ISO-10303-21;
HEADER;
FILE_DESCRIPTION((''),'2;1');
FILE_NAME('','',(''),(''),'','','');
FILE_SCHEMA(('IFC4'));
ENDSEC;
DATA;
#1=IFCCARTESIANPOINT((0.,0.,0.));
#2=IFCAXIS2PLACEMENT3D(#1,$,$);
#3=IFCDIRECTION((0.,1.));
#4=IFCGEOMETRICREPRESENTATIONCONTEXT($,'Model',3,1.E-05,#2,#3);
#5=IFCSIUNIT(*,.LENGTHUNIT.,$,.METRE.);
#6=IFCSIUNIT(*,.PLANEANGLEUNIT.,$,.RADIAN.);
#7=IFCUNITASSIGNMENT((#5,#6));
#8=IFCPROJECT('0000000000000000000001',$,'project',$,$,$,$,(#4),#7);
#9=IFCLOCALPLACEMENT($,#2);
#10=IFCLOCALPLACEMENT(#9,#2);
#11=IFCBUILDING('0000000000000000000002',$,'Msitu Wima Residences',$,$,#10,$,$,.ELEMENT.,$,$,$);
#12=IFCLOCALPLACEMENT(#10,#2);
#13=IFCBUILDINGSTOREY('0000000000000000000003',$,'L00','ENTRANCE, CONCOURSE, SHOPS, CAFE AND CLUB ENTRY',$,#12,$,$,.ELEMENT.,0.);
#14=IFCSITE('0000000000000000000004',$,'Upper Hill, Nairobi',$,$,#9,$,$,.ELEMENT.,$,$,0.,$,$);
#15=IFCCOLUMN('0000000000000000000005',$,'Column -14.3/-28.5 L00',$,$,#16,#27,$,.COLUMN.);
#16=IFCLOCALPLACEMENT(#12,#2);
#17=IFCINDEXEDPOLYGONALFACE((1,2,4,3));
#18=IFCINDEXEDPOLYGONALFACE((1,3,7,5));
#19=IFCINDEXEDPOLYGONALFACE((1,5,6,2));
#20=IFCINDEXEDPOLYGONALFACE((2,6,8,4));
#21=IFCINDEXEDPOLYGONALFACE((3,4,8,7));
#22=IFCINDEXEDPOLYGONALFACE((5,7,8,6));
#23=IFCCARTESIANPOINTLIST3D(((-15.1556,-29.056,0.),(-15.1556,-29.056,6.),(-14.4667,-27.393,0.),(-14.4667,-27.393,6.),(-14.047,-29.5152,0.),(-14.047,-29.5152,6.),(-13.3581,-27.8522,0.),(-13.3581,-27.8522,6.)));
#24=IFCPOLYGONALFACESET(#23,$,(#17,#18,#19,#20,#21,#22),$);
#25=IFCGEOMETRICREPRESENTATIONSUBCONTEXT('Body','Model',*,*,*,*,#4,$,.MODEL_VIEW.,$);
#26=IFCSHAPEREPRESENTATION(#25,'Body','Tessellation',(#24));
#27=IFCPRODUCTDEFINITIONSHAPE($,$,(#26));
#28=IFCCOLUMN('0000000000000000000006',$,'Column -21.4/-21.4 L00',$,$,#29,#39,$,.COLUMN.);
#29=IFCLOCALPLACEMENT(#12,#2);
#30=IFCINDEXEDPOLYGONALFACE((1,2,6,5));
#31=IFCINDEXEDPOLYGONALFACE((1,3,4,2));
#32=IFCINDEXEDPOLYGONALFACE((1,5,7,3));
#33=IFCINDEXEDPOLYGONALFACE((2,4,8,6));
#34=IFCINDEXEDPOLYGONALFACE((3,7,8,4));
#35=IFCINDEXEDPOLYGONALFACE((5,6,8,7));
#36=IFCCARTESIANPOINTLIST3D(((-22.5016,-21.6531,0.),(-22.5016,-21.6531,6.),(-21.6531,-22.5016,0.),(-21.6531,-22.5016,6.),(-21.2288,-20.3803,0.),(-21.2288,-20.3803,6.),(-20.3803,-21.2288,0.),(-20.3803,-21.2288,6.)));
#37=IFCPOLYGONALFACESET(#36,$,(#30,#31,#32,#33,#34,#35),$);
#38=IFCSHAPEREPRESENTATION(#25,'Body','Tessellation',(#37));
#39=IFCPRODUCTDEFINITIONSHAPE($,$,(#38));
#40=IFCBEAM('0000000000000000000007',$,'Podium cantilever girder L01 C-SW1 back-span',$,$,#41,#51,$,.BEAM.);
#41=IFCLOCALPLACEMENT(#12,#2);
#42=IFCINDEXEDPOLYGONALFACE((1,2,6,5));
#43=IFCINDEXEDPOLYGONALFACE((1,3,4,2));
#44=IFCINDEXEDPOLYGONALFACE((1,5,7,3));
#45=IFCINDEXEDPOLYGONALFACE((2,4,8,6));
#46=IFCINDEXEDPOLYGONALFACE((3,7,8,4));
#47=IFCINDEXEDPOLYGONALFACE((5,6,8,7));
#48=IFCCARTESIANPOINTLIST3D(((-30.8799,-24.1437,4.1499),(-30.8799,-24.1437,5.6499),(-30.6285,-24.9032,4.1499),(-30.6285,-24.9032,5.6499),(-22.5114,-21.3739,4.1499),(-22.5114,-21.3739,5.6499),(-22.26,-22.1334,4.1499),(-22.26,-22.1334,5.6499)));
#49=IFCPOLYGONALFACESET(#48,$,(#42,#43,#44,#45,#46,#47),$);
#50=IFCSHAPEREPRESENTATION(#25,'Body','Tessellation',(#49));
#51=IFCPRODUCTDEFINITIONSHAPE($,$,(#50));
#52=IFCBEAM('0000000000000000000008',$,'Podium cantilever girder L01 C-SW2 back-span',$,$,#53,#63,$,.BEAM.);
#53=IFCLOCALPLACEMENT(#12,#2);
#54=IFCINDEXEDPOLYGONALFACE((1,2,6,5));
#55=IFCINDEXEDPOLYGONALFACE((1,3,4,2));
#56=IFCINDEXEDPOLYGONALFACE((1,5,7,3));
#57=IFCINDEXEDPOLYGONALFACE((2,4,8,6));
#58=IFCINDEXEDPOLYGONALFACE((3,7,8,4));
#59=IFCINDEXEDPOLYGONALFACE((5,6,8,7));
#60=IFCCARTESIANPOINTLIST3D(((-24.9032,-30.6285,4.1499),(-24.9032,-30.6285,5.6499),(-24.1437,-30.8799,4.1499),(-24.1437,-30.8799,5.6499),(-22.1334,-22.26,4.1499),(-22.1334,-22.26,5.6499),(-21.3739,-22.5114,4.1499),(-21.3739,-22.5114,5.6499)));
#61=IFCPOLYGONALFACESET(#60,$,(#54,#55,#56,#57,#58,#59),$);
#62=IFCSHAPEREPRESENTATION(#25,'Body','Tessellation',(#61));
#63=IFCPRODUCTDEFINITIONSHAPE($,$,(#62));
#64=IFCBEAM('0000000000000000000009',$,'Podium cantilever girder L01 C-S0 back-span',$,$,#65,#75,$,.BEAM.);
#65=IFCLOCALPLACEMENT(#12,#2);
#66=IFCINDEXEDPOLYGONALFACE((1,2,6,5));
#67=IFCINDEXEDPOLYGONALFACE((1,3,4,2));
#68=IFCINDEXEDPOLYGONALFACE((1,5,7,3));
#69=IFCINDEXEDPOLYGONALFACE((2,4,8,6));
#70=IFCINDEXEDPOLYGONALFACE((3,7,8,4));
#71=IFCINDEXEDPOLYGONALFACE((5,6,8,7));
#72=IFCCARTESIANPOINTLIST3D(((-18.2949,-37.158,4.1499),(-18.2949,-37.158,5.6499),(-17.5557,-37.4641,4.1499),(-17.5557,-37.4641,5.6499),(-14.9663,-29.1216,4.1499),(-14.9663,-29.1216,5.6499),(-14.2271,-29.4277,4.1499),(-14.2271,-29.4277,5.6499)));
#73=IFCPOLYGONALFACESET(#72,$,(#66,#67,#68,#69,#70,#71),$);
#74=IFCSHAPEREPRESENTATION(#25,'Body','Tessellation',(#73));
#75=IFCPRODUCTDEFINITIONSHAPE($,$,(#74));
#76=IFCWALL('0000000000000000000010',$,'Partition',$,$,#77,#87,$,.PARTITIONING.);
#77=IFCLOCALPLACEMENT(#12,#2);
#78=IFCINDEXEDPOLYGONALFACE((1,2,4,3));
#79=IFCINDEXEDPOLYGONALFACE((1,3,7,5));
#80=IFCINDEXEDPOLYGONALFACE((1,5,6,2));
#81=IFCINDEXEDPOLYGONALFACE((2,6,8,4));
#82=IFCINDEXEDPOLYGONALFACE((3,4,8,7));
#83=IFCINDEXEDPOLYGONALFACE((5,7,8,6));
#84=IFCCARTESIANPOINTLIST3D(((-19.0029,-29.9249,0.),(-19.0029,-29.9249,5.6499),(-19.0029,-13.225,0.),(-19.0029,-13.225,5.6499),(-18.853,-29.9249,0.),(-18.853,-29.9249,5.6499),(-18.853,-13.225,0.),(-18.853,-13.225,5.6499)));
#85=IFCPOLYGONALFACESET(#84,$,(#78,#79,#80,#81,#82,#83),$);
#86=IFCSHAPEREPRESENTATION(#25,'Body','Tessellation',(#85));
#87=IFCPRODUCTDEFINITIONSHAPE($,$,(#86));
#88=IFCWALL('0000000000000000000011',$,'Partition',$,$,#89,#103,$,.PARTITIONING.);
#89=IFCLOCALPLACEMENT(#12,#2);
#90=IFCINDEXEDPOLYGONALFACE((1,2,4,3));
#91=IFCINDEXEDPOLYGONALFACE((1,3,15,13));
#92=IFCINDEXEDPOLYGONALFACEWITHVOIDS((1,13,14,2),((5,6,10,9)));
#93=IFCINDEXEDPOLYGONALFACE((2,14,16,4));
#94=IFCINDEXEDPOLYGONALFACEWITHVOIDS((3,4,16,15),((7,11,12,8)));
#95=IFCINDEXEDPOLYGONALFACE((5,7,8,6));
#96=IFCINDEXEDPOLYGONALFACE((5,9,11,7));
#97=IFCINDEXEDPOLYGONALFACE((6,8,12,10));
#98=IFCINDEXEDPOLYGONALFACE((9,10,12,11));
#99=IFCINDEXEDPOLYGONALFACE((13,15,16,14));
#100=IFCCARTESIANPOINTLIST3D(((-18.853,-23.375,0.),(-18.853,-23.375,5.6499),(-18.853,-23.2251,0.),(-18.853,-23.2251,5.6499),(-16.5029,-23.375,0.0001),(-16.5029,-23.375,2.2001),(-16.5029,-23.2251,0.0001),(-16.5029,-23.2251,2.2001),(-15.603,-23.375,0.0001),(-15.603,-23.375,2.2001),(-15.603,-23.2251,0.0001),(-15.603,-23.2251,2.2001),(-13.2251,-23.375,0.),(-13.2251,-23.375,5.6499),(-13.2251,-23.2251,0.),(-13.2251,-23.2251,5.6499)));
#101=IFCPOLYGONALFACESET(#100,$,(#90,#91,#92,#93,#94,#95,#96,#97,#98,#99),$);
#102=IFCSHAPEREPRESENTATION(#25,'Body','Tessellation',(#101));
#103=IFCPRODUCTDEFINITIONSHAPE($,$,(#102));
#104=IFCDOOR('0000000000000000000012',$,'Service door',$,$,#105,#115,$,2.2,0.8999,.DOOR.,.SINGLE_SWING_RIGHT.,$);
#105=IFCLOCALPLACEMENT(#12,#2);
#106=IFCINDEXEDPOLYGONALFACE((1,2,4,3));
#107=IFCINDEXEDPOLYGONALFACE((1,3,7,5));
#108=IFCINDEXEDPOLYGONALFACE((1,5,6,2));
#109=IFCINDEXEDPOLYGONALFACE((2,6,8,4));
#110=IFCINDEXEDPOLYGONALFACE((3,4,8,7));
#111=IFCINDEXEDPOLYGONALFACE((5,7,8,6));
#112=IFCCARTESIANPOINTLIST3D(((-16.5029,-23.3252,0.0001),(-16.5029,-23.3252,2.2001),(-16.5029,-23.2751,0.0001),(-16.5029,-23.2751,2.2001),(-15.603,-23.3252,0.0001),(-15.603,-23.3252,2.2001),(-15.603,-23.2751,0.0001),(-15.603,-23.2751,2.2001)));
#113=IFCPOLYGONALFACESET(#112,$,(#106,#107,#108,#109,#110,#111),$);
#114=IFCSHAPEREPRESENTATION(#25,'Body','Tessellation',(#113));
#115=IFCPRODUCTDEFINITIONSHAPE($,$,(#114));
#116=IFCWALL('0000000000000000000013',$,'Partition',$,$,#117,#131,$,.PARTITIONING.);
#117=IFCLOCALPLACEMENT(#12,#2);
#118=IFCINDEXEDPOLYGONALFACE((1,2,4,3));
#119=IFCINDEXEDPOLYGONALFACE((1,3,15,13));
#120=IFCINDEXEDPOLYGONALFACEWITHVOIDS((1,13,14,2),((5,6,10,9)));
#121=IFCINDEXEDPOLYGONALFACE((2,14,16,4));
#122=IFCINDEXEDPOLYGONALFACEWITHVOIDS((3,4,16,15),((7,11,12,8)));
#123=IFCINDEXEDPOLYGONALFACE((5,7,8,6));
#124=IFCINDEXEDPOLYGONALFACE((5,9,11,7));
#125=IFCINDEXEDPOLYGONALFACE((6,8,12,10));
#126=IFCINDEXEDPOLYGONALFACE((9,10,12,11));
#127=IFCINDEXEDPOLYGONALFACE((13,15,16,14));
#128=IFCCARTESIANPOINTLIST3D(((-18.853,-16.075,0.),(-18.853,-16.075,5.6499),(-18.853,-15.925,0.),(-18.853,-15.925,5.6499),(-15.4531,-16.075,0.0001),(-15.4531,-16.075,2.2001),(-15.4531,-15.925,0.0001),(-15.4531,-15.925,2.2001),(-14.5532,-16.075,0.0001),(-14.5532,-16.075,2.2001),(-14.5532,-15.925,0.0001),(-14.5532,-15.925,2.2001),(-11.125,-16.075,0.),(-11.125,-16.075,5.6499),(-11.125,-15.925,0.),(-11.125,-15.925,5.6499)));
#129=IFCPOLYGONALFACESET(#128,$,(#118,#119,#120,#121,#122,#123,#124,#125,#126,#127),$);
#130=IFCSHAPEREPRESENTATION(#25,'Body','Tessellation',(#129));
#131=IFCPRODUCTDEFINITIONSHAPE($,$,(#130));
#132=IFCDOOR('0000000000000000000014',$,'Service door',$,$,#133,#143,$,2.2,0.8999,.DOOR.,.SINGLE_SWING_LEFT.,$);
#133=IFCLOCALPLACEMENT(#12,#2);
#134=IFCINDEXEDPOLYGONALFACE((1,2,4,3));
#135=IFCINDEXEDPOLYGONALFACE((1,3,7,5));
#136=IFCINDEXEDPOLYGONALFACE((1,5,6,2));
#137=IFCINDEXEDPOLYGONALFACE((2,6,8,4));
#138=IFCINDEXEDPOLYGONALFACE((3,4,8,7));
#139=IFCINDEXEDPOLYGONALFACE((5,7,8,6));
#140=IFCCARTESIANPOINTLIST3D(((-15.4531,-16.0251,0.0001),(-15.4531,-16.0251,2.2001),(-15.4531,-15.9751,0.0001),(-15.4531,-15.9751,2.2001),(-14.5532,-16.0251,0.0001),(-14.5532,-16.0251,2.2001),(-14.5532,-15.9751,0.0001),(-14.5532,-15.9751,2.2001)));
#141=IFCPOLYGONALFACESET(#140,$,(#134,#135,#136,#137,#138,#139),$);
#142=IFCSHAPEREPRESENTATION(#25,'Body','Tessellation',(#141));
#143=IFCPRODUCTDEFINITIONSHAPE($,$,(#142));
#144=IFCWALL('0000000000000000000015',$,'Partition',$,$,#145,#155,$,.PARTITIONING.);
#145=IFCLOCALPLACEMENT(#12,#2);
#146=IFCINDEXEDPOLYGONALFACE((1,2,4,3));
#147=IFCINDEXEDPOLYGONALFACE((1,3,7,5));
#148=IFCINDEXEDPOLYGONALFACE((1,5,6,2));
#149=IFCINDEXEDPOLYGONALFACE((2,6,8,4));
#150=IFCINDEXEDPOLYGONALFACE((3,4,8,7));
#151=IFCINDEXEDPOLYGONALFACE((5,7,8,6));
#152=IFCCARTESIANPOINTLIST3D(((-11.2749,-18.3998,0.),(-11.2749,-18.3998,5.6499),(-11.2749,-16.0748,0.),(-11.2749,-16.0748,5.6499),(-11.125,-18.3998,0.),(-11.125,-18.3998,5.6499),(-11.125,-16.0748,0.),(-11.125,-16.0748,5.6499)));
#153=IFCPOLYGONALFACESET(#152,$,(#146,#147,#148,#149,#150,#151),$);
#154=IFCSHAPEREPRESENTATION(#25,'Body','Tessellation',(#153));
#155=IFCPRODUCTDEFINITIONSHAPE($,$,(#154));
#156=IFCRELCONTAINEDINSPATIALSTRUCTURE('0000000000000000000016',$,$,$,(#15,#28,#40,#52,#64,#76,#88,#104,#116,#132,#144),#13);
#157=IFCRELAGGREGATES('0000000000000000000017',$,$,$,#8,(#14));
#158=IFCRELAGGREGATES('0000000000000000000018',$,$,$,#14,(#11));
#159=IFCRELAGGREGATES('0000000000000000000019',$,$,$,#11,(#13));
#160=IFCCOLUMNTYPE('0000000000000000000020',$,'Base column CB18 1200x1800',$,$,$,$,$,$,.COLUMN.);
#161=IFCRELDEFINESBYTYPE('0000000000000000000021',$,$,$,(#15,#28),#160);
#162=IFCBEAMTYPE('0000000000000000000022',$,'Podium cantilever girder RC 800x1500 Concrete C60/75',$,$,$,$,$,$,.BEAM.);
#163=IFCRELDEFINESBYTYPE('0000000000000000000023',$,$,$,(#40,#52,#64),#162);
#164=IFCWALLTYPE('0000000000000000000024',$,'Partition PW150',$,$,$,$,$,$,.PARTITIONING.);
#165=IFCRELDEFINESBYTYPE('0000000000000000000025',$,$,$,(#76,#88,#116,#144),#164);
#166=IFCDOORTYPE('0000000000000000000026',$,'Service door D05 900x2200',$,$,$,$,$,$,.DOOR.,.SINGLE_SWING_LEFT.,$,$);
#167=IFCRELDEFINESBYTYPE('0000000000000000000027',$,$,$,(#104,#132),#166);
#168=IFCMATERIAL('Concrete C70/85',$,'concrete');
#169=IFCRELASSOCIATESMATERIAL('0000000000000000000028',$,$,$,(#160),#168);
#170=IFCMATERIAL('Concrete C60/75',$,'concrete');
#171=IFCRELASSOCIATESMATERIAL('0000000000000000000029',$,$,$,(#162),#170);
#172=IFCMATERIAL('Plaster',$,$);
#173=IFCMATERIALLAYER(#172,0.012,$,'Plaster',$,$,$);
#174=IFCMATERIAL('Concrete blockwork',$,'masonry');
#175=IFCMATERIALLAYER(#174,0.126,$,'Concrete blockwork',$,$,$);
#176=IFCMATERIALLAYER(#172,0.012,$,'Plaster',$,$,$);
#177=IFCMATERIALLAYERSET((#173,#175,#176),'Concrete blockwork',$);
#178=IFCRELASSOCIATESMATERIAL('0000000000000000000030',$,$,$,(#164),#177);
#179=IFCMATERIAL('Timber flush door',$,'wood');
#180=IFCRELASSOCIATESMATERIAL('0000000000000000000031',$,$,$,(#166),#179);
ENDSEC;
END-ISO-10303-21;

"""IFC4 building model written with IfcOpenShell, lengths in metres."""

from ifc_helpers import new_model, si_unit, direction, frame, frame_2d, origin, origin_2d, place, context, subcontext, project, spatial, rectangle, extrude, material, layer, layer_set, material_profile, profile_set, type_object, element, fill, save


model = new_model("IFC4")

# Units and contexts
model_context = context("Model", 3, precision=1e-05, world=origin(), true_north=direction((0.0, 1.0)))
body_context = subcontext(model_context, "Body", "Model", "MODEL_VIEW")
ifc_project = project(units=[si_unit("LENGTHUNIT", "METRE"), si_unit("PLANEANGLEUNIT", "RADIAN")], contexts=[model_context])

# Site, building, storey
site_placement = place(None, origin())
site = spatial("IfcSite", under=ifc_project, at=site_placement, Name="Upper Hill, Nairobi", CompositionType="ELEMENT", RefElevation=0.0)
building_placement = place(site_placement, origin())
building = spatial("IfcBuilding", under=site, at=building_placement, Name="Msitu Wima Residences", CompositionType="ELEMENT")
storey_placement = place(building_placement, origin())
storey = spatial("IfcBuildingStorey", under=building, at=storey_placement, Name="L00", Description="ENTRANCE, CONCOURSE, SHOPS, CAFE AND CLUB ENTRY", CompositionType="ELEMENT", Elevation=0.0)

# Columns
ifc_material_1 = material(Name="Concrete C70/85", Category="concrete")
ifc_material_profile_1 = material_profile(ifc_material_1, rectangle(XDim=1.2, YDim=1.8, at=origin_2d()), Name="RC 1200x1800")
ifc_profile_set_1 = profile_set([ifc_material_profile_1], Name="Concrete C70/85")
column_type = type_object("IfcColumnType", Name="Base column CB18 1200x1800", PredefinedType="COLUMN", material=ifc_profile_set_1)
for number, where, z_axis, x_axis, name in (
    (1, (-14.2568, -28.4541, 0.0), (0.0, 0.0, 1.0), (0.92388, -0.382683, 0.0), "Column -14.3/-28.5 L00"),
    (2, (-21.4409, -21.4409, 0.0), (0.0, 0.0, 1.0), (0.707107, -0.707107, 0.0), "Column -21.4/-21.4 L00"),
):
    element("IfcColumn", number, at=place(storey_placement, frame(where, z_axis=z_axis, x_axis=x_axis)), inside=storey, type_object=column_type, Name=name, PredefinedType="COLUMN", context=body_context, shape_type="SweptSolid", body=[
        extrude(rectangle(XDim=1.2, YDim=1.8, at=origin_2d()), origin(), (0.0, 0.0, 1.0), 6.0),
    ])

# Beams
ifc_material_2 = material(Name="Concrete C60/75", Category="concrete")
ifc_material_profile_2 = material_profile(ifc_material_2, rectangle(XDim=0.8, YDim=1.5, at=origin_2d()), Name="RC 800x1500")
ifc_profile_set_2 = profile_set([ifc_material_profile_2], Name="Concrete C60/75")
beam_type = type_object("IfcBeamType", Name="Podium cantilever girder RC 800x1500 Concrete C60/75", PredefinedType="BEAM", material=ifc_profile_set_2)
for number, where, z_axis, x_axis, name in (
    (3, (-22.3857, -21.7537, 4.8999), (-0.949351, -0.314216, 0.0), (0.314216, -0.949351, 0.0), "Podium cantilever girder L01 C-SW1 back-span"),
    (4, (-21.7537, -22.3857, 4.8999), (-0.314216, -0.949351, 0.0), (0.949351, -0.314216, 0.0), "Podium cantilever girder L01 C-SW2 back-span"),
):
    element("IfcBeam", number, at=place(storey_placement, frame(where, z_axis=z_axis, x_axis=x_axis)), inside=storey, type_object=beam_type, Name=name, PredefinedType="BEAM", context=body_context, shape_type="SweptSolid", body=[
        extrude(rectangle(XDim=0.8, YDim=1.5, at=origin_2d()), origin(), (0.0, 0.0, 1.0), 8.8149),
    ])
beam_placement = place(storey_placement, frame((-14.5967, -29.2747, 4.8999), z_axis=(-0.382667, -0.923886, 0.0), x_axis=(0.923886, -0.382667, 0.0)))
element("IfcBeam", 5, at=beam_placement, inside=storey, type_object=beam_type, Name="Podium cantilever girder L01 C-S0 back-span", PredefinedType="BEAM", context=body_context, shape_type="SweptSolid", body=[
    extrude(rectangle(XDim=0.8, YDim=1.5, at=origin_2d()), origin(), (0.0, 0.0, 1.0), 8.6985),
])

# Wall
ifc_material_3 = material(Name="Plaster")
ifc_layer_1 = layer(ifc_material_3, 0.012, Name="Plaster")
ifc_material_4 = material(Name="Concrete blockwork", Category="masonry")
ifc_layer_2 = layer(ifc_material_4, 0.126, Name="Concrete blockwork")
ifc_layer_3 = layer(ifc_material_3, 0.012, Name="Plaster")
ifc_layer_set_1 = layer_set([ifc_layer_1, ifc_layer_2, ifc_layer_3], Name="Concrete blockwork")
wall_type_1 = type_object("IfcWallType", Name="Partition PW150", PredefinedType="PARTITIONING", material=ifc_layer_set_1)
wall_1_placement = place(storey_placement, frame((-18.928, -29.925, 0.0), z_axis=(0.0, 0.0, 1.0), x_axis=(0.0, 1.0, 0.0)))
element("IfcWall", 6, at=wall_1_placement, inside=storey, type_object=wall_type_1, Name="Partition", PredefinedType="PARTITIONING", context=body_context, shape_type="SweptSolid", body=[
    extrude(rectangle(XDim=16.7, YDim=0.1499, at=frame_2d((8.3501, 0.0))), origin(), (0.0, 0.0, 1.0), 5.6499),
])

# Walls, openings, doors
wall_2_placement = place(storey_placement, frame((-18.853, -23.3, 0.0), z_axis=(0.0, 0.0, 1.0), x_axis=(1.0, 0.0, 0.0)))
wall_2 = element("IfcWall", 7, at=wall_2_placement, inside=storey, type_object=wall_type_1, Name="Partition", PredefinedType="PARTITIONING", context=body_context, shape_type="SweptSolid", body=[
    extrude(rectangle(XDim=5.6279, YDim=0.1499, at=frame_2d((2.814, 0.0))), origin(), (0.0, 0.0, 1.0), 5.6499),
])
opening_1_placement = place(wall_2_placement, frame((2.3501, 0.0, 0.0)))
opening_1 = element("IfcOpeningElement", 8, at=opening_1_placement, cuts=wall_2, PredefinedType="OPENING", context=body_context, shape_type="SweptSolid", body=[
    extrude(rectangle(XDim=0.8999, YDim=2.2, at=frame_2d((0.45, 1.1001))), frame((0.0, 0.085, 0.0), z_axis=(0.0, -1.0, 0.0), x_axis=(1.0, 0.0, 0.0)), (0.0, 0.0, 1.0), 0.1699),
])
ifc_material_5 = material(Name="Timber flush door", Category="wood")
door_type_1 = type_object("IfcDoorType", Name="Service door D05 900x2200", OperationType="SINGLE_SWING_LEFT", PredefinedType="DOOR", material=ifc_material_5)
door_1_placement = place(opening_1_placement, origin())
door_1 = element("IfcDoor", 9, at=door_1_placement, inside=storey, type_object=door_type_1, Name="Service door", OperationType="SINGLE_SWING_RIGHT", OverallHeight=2.2, OverallWidth=0.8999, PredefinedType="DOOR", context=body_context, shape_type="SweptSolid", body=[
    extrude(rectangle(XDim=0.8999, YDim=2.2, at=frame_2d((0.45, 1.1001))), frame((0.0, 0.0249, 0.0), z_axis=(0.0, -1.0, 0.0), x_axis=(1.0, 0.0, 0.0)), (0.0, 0.0, 1.0), 0.05),
])
fill(opening_1, door_1)
wall_3_placement = place(storey_placement, frame((-18.853, -16.0, 0.0), z_axis=(0.0, 0.0, 1.0), x_axis=(1.0, 0.0, 0.0)))
wall_3 = element("IfcWall", 10, at=wall_3_placement, inside=storey, type_object=wall_type_1, Name="Partition", PredefinedType="PARTITIONING", context=body_context, shape_type="SweptSolid", body=[
    extrude(rectangle(XDim=7.728, YDim=0.1499, at=frame_2d((3.864, 0.0))), origin(), (0.0, 0.0, 1.0), 5.6499),
])
opening_2_placement = place(wall_3_placement, frame((3.3999, 0.0, 0.0)))
opening_2 = element("IfcOpeningElement", 11, at=opening_2_placement, cuts=wall_3, PredefinedType="OPENING", context=body_context, shape_type="SweptSolid", body=[
    extrude(rectangle(XDim=0.8999, YDim=2.2, at=frame_2d((0.45, 1.1001))), frame((0.0, 0.085, 0.0), z_axis=(0.0, -1.0, 0.0), x_axis=(1.0, 0.0, 0.0)), (0.0, 0.0, 1.0), 0.1699),
])
door_2_placement = place(opening_2_placement, origin())
door_2 = element("IfcDoor", 12, at=door_2_placement, inside=storey, type_object=door_type_1, Name="Service door", OperationType="SINGLE_SWING_LEFT", OverallHeight=2.2, OverallWidth=0.8999, PredefinedType="DOOR", context=body_context, shape_type="SweptSolid", body=[
    extrude(rectangle(XDim=0.8999, YDim=2.2, at=frame_2d((0.45, 1.1001))), frame((0.0, 0.0249, 0.0), z_axis=(0.0, -1.0, 0.0), x_axis=(1.0, 0.0, 0.0)), (0.0, 0.0, 1.0), 0.05),
])
fill(opening_2, door_2)

# Wall
wall_4_placement = place(storey_placement, frame((-11.2, -18.3999, 0.0), z_axis=(0.0, 0.0, 1.0), x_axis=(0.0, 1.0, 0.0)))
element("IfcWall", 13, at=wall_4_placement, inside=storey, type_object=wall_type_1, Name="Partition", PredefinedType="PARTITIONING", context=body_context, shape_type="SweptSolid", body=[
    extrude(rectangle(XDim=2.325, YDim=0.1499, at=frame_2d((1.1626, 0.0))), origin(), (0.0, 0.0, 1.0), 5.6499),
])

save(model, "model.ifc")
